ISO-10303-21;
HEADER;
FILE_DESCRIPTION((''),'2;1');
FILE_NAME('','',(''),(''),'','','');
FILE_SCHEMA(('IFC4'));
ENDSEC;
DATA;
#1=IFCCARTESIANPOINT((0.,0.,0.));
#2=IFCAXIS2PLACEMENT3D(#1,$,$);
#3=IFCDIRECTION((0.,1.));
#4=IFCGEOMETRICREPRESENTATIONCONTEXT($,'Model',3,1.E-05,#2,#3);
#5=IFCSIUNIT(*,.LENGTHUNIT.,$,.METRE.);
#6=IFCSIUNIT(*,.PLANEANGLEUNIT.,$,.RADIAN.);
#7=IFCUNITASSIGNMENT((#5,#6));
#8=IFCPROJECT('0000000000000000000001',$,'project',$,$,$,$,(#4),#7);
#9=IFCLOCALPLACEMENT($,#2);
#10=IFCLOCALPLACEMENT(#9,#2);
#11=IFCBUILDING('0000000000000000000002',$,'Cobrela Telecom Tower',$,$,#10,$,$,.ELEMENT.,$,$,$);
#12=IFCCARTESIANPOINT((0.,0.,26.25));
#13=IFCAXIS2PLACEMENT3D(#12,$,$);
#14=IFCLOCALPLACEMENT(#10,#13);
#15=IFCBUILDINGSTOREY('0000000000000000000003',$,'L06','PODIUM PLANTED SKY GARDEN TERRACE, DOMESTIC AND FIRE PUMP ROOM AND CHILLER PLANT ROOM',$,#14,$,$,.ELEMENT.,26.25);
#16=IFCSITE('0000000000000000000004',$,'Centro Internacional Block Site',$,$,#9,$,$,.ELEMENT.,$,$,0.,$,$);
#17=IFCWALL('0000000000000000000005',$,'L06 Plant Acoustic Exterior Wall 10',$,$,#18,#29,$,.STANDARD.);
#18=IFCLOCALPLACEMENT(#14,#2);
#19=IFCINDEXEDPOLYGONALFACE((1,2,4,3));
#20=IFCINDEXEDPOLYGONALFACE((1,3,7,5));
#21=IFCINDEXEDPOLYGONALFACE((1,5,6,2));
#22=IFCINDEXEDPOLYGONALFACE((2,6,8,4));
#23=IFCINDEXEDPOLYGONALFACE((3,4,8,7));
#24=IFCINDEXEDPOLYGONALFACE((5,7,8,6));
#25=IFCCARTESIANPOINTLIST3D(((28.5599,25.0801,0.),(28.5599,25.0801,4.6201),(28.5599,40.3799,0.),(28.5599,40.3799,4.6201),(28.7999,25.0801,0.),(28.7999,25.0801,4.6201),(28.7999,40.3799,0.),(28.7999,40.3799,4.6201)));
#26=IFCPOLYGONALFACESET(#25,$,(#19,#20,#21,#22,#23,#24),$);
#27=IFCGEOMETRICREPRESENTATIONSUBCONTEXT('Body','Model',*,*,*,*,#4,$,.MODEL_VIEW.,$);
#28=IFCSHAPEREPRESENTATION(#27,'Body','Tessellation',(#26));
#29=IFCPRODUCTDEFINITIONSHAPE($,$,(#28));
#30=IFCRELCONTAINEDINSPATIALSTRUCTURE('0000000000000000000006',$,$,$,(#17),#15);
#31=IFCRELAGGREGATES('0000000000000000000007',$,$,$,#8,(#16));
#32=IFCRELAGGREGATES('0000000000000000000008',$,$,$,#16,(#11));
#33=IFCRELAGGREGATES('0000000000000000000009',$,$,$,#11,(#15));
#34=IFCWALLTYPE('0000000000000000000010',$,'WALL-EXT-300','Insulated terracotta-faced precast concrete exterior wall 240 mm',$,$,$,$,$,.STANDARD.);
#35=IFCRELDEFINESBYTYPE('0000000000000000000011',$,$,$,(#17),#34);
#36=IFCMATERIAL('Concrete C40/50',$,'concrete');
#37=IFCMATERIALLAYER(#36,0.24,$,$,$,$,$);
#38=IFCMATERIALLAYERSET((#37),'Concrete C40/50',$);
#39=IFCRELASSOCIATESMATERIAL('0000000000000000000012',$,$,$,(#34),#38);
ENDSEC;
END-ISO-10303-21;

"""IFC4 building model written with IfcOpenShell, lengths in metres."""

from ifc_helpers import new_model, si_unit, direction, frame, frame_2d, origin, place, context, subcontext, project, spatial, rectangle, extrude, material, layer, layer_set, type_object, element, save


model = new_model("IFC4")

# Units and contexts
model_context = context("Model", 3, precision=1e-05, world=origin(), true_north=direction((0.0, 1.0)))
body_context = subcontext(model_context, "Body", "Model", "MODEL_VIEW")
ifc_project = project(units=[si_unit("LENGTHUNIT", "METRE"), si_unit("PLANEANGLEUNIT", "RADIAN")], contexts=[model_context])

# Site, building, storey
site_placement = place(None, origin())
site = spatial("IfcSite", under=ifc_project, at=site_placement, Name="Centro Internacional Block Site", CompositionType="ELEMENT", RefElevation=0.0)
building_placement = place(site_placement, origin())
building = spatial("IfcBuilding", under=site, at=building_placement, Name="Cobrela Telecom Tower", CompositionType="ELEMENT")
storey_placement = place(building_placement, frame((0.0, 0.0, 26.25)))
storey = spatial("IfcBuildingStorey", under=building, at=storey_placement, Name="L06", Description="PODIUM PLANTED SKY GARDEN TERRACE, DOMESTIC AND FIRE PUMP ROOM AND CHILLER PLANT ROOM", CompositionType="ELEMENT", Elevation=26.25)

# Wall
ifc_material_1 = material(Name="Concrete C40/50", Category="concrete")
ifc_layer = layer(ifc_material_1, 0.24)
ifc_layer_set = layer_set([ifc_layer], Name="Concrete C40/50")
wall_type = type_object("IfcWallType", Name="WALL-EXT-300", Description="Insulated terracotta-faced precast concrete exterior wall 240 mm", PredefinedType="STANDARD", material=ifc_layer_set)
wall_placement = place(storey_placement, frame((28.6799, 40.3799, 0.0), z_axis=(0.0, 0.0, 1.0), x_axis=(0.0, -1.0, 0.0)))
element("IfcWall", 1, at=wall_placement, inside=storey, type_object=wall_type, Name="L06 Plant Acoustic Exterior Wall 10", PredefinedType="STANDARD", context=body_context, shape_type="SweptSolid", body=[
    extrude(rectangle(XDim=15.2998, YDim=0.24, at=frame_2d((7.6499, 0.0))), origin(), (0.0, 0.0, 1.0), 4.6201),
])

save(model, "model.ifc")
